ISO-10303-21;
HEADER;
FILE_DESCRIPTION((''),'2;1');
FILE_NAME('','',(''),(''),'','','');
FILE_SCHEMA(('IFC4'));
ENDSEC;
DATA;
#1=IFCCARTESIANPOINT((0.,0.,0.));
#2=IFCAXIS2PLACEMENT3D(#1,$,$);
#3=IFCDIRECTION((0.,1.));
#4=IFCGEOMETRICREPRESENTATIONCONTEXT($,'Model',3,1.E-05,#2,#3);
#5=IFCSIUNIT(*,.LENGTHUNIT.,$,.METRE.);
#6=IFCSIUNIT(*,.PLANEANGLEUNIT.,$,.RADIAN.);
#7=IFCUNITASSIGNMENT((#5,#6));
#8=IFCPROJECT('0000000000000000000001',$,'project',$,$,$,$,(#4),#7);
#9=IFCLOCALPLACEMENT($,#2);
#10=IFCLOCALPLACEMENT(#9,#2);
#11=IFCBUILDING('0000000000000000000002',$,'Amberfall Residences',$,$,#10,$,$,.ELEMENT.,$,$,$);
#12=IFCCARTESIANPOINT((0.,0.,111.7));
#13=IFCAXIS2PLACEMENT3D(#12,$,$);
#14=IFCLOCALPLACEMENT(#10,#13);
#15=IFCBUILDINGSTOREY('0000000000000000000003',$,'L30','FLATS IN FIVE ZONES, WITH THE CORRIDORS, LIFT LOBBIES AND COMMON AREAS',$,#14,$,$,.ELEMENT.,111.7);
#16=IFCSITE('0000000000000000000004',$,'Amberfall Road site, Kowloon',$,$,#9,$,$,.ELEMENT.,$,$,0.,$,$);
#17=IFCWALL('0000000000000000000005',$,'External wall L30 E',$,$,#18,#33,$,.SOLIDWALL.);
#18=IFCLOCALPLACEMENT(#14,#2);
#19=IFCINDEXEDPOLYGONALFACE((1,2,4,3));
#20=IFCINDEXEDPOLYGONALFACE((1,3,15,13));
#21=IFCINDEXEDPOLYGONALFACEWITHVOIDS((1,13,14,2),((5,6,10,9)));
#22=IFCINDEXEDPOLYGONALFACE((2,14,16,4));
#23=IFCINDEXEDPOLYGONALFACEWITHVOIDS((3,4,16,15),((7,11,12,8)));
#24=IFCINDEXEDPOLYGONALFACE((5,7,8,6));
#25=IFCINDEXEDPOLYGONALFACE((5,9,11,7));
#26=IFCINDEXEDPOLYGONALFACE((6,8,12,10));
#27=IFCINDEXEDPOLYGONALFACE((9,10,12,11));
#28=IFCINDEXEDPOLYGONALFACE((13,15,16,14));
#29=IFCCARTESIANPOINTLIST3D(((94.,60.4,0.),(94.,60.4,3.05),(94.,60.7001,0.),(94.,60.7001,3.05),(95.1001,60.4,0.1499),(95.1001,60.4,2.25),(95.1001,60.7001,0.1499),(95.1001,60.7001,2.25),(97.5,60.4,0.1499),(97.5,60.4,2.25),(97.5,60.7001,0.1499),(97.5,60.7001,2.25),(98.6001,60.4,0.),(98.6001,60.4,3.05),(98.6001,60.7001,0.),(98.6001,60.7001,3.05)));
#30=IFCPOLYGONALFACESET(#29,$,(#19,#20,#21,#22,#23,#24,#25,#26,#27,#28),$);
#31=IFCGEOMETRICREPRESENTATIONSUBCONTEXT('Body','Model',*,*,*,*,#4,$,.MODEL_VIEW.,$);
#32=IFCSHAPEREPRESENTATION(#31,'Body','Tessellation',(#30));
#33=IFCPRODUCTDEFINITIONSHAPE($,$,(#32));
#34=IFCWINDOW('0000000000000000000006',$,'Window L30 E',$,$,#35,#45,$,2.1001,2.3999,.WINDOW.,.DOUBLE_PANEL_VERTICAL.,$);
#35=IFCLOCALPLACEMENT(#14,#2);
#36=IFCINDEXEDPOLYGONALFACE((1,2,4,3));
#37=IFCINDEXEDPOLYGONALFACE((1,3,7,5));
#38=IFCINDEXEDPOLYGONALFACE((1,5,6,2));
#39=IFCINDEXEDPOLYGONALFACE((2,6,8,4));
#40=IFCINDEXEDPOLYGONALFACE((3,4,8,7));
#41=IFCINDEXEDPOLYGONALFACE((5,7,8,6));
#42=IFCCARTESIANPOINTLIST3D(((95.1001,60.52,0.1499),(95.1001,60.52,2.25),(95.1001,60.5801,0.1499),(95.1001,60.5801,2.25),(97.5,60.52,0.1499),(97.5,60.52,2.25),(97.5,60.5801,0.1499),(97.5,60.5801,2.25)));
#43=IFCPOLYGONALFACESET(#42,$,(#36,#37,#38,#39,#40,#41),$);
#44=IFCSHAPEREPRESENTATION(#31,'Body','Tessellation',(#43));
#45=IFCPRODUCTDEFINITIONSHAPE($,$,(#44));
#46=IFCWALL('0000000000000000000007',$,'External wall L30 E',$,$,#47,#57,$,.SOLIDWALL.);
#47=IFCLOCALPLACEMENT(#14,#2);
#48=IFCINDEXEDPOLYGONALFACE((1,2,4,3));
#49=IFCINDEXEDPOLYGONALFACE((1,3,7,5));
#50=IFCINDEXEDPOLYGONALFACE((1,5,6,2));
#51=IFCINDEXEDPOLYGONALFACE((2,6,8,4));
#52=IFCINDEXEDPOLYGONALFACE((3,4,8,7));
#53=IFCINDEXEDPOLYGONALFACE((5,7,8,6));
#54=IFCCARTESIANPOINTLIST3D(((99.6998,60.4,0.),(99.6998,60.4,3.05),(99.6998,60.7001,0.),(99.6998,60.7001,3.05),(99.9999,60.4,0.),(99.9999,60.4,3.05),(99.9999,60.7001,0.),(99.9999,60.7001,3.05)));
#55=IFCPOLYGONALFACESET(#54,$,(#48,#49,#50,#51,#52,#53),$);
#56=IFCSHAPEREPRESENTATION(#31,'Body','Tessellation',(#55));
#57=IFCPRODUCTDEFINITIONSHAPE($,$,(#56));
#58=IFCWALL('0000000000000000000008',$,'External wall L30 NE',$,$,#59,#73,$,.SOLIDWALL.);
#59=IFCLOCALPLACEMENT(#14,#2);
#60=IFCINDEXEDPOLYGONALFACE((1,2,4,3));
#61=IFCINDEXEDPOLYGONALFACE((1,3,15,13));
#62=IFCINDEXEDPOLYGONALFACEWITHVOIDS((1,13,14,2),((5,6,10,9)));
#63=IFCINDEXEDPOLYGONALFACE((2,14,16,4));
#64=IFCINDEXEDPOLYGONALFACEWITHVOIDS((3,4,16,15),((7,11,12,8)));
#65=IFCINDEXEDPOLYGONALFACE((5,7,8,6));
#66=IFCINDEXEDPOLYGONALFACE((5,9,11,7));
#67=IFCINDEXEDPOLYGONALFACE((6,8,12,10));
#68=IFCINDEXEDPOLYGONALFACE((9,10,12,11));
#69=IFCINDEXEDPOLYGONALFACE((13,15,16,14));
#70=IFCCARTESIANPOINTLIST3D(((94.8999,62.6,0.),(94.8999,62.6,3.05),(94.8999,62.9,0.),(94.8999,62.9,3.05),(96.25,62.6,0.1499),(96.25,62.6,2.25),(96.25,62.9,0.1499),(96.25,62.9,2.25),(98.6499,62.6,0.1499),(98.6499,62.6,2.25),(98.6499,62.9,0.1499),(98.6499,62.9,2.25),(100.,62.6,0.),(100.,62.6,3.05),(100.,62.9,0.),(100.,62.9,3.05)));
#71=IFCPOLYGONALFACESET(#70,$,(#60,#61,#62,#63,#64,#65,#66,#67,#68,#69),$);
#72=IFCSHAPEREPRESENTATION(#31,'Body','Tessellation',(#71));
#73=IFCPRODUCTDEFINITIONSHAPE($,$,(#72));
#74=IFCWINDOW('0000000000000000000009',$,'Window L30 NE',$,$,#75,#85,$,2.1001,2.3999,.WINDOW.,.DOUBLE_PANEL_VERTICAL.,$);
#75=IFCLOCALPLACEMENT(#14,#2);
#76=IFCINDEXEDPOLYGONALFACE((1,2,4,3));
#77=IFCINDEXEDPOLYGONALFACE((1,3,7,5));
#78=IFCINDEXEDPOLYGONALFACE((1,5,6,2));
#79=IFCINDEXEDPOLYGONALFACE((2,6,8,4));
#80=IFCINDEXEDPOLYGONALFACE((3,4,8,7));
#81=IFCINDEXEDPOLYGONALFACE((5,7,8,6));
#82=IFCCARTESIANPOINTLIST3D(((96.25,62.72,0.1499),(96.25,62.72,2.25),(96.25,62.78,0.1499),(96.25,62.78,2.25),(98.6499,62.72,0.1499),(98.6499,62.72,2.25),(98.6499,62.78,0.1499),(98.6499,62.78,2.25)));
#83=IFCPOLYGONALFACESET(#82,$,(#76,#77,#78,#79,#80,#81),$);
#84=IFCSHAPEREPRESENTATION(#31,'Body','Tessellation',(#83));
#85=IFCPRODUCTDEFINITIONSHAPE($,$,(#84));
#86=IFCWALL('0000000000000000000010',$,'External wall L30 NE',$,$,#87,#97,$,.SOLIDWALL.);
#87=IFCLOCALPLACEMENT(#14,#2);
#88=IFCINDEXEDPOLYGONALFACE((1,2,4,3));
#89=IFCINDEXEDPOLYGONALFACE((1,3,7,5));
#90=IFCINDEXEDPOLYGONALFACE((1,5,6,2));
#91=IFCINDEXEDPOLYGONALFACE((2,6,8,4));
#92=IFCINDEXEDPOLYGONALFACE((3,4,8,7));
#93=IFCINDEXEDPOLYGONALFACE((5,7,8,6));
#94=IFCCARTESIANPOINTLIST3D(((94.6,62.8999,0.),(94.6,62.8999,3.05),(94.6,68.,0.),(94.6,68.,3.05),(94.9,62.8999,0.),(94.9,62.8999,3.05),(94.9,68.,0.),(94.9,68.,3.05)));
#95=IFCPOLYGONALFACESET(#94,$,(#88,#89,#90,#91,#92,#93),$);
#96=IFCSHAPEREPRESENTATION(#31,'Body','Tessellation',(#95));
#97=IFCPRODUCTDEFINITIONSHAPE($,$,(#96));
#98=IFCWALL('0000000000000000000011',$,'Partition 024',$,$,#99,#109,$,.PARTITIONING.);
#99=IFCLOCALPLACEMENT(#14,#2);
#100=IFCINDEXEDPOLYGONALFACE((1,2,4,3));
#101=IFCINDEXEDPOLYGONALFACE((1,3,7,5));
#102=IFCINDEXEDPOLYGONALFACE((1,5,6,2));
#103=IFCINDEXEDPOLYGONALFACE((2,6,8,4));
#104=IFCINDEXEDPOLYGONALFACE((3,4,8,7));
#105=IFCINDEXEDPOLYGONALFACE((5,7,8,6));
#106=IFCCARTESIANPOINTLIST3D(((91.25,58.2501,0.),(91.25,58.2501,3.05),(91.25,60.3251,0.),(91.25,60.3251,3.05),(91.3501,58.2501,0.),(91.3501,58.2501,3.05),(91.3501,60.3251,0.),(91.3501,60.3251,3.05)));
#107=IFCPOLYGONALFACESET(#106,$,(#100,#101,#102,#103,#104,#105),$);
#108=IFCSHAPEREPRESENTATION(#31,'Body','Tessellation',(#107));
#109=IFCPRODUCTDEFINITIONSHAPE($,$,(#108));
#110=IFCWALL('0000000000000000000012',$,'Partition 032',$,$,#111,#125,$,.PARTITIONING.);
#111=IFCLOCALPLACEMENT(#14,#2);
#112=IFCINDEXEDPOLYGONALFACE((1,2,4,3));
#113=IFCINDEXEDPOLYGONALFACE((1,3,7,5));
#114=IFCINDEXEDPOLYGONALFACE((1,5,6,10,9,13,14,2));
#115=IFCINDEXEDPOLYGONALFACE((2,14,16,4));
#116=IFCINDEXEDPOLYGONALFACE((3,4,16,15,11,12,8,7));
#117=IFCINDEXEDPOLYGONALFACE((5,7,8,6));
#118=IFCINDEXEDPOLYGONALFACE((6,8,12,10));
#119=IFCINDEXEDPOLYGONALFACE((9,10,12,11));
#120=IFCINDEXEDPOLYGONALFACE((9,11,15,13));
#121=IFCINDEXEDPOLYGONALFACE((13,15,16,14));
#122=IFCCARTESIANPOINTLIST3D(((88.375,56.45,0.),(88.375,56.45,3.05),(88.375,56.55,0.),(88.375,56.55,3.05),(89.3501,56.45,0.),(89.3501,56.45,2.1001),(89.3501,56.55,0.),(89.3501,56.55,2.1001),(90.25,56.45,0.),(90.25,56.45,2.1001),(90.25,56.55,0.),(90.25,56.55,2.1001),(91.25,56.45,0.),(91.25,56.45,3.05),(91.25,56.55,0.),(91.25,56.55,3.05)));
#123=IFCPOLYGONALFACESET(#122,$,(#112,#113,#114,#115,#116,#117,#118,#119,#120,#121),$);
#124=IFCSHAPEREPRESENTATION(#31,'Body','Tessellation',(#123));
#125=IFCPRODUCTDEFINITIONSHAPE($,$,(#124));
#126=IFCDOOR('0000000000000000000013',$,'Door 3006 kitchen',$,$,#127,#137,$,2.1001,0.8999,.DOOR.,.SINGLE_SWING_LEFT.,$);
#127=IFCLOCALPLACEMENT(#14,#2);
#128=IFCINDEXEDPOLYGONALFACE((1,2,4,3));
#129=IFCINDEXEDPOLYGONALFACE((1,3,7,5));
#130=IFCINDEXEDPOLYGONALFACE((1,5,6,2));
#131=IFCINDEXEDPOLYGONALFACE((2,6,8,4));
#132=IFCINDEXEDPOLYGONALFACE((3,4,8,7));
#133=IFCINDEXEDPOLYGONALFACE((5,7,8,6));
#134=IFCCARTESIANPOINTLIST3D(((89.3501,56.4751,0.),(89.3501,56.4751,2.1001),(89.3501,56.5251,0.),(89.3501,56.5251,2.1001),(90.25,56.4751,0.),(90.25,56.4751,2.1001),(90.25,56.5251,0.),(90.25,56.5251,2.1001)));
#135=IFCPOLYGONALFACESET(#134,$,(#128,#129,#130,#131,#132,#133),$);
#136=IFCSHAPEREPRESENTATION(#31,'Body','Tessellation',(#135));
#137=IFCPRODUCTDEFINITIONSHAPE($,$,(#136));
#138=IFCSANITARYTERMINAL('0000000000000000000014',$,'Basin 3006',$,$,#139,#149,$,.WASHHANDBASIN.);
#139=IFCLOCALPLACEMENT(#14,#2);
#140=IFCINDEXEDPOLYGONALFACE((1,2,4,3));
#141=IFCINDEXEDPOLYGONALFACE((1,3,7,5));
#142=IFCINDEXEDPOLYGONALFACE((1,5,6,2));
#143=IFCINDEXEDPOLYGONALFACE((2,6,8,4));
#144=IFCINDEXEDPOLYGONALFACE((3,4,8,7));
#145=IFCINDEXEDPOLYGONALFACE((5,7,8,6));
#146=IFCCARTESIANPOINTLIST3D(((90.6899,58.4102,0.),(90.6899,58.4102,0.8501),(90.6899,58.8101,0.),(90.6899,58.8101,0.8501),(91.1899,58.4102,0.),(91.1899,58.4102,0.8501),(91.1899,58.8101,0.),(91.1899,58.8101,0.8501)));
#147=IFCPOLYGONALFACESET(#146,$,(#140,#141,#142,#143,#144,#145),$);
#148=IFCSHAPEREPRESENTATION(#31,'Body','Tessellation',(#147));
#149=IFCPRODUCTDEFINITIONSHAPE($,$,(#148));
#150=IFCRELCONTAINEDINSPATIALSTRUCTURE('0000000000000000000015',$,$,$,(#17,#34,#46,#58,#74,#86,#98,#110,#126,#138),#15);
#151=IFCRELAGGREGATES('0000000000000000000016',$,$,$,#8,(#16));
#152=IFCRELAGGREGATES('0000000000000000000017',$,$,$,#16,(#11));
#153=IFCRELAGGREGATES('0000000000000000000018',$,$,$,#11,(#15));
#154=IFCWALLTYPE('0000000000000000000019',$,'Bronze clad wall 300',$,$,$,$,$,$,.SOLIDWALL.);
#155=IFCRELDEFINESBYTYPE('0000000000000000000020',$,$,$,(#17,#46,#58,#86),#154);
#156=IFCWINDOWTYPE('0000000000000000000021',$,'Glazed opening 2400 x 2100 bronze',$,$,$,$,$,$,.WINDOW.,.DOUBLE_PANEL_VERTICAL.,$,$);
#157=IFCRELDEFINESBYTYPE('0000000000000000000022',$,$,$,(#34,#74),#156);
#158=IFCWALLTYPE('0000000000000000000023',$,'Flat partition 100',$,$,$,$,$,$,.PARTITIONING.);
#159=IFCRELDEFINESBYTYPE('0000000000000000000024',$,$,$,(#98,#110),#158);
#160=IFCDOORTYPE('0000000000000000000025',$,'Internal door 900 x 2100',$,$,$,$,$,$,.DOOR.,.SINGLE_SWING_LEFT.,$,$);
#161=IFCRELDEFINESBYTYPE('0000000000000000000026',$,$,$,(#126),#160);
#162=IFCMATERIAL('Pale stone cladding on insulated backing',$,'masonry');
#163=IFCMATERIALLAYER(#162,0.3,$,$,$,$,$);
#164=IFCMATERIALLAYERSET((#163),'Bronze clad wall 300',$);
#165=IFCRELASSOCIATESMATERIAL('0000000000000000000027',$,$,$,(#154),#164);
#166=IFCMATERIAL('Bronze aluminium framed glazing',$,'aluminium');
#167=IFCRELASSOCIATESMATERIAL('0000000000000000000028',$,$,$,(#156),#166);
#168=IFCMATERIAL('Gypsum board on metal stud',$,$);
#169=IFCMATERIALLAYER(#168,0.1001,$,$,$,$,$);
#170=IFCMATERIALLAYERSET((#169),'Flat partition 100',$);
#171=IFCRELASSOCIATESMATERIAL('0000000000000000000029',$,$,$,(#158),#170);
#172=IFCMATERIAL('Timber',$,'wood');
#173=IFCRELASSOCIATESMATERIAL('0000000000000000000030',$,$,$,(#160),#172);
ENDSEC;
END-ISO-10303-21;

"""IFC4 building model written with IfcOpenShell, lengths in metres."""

from ifc_helpers import new_model, si_unit, direction, frame, frame_2d, origin, origin_2d, place, context, subcontext, project, spatial, rectangle, extrude, material, layer, layer_set, type_object, element, fill, save


model = new_model("IFC4")

# Units and contexts
model_context = context("Model", 3, precision=1e-05, world=origin(), true_north=direction((0.0, 1.0)))
body_context = subcontext(model_context, "Body", "Model", "MODEL_VIEW")
ifc_project = project(units=[si_unit("LENGTHUNIT", "METRE"), si_unit("PLANEANGLEUNIT", "RADIAN")], contexts=[model_context])

# Site, building, storey
site_placement = place(None, origin())
site = spatial("IfcSite", under=ifc_project, at=site_placement, Name="Amberfall Road site, Kowloon", CompositionType="ELEMENT", RefElevation=0.0)
building_placement = place(site_placement, origin())
building = spatial("IfcBuilding", under=site, at=building_placement, Name="Amberfall Residences", CompositionType="ELEMENT")
storey_placement = place(building_placement, frame((0.0, 0.0, 111.7)))
storey = spatial("IfcBuildingStorey", under=building, at=storey_placement, Name="L30", Description="FLATS IN FIVE ZONES, WITH THE CORRIDORS, LIFT LOBBIES AND COMMON AREAS", CompositionType="ELEMENT", Elevation=111.7)

# Wall, opening, window
ifc_material_1 = material(Name="Pale stone cladding on insulated backing", Category="masonry")
ifc_layer_1 = layer(ifc_material_1, 0.3)
ifc_layer_set_1 = layer_set([ifc_layer_1], Name="Bronze clad wall 300")
wall_type_1 = type_object("IfcWallType", Name="Bronze clad wall 300", PredefinedType="SOLIDWALL", material=ifc_layer_set_1)
wall_1_placement = place(storey_placement, frame((94.0, 60.55, 0.0), z_axis=(0.0, 0.0, 1.0), x_axis=(1.0, 0.0, 0.0)))
wall_1 = element("IfcWall", 1, at=wall_1_placement, inside=storey, type_object=wall_type_1, Name="External wall L30 E", PredefinedType="SOLIDWALL", context=body_context, shape_type="SweptSolid", body=[
    extrude(rectangle(XDim=4.6001, YDim=0.3, at=frame_2d((2.3, 0.0))), origin(), (0.0, 0.0, 1.0), 3.05),
])
opening_1_placement = place(wall_1_placement, frame((1.1001, 0.0, 0.1499)))
opening_1 = element("IfcOpeningElement", 2, at=opening_1_placement, cuts=wall_1, PredefinedType="OPENING", context=body_context, shape_type="SweptSolid", body=[
    extrude(rectangle(XDim=2.3999, YDim=2.1001, at=frame_2d((1.2, 1.05))), frame((0.0, 0.1599, 0.0), z_axis=(0.0, -1.0, 0.0), x_axis=(1.0, 0.0, 0.0)), (0.0, 0.0, 1.0), 0.3201),
])
ifc_material_2 = material(Name="Bronze aluminium framed glazing", Category="aluminium")
window_type = type_object("IfcWindowType", Name="Glazed opening 2400 x 2100 bronze", PartitioningType="DOUBLE_PANEL_VERTICAL", PredefinedType="WINDOW", material=ifc_material_2)
window_1_placement = place(opening_1_placement, origin())
window_1 = element("IfcWindow", 3, at=window_1_placement, inside=storey, type_object=window_type, Name="Window L30 E", OverallHeight=2.1001, OverallWidth=2.3999, PartitioningType="DOUBLE_PANEL_VERTICAL", PredefinedType="WINDOW", context=body_context, shape_type="SweptSolid", body=[
    extrude(rectangle(XDim=2.3999, YDim=2.1001, at=frame_2d((1.2, 1.05))), frame((0.0, 0.03, 0.0), z_axis=(0.0, -1.0, 0.0), x_axis=(1.0, 0.0, 0.0)), (0.0, 0.0, 1.0), 0.0601),
])
fill(opening_1, window_1)

# Wall
wall_2_placement = place(storey_placement, frame((99.7, 60.55, 0.0), z_axis=(0.0, 0.0, 1.0), x_axis=(1.0, 0.0, 0.0)))
element("IfcWall", 4, at=wall_2_placement, inside=storey, type_object=wall_type_1, Name="External wall L30 E", PredefinedType="SOLIDWALL", context=body_context, shape_type="SweptSolid", body=[
    extrude(rectangle(XDim=0.3, YDim=0.3, at=frame_2d((0.1499, 0.0))), origin(), (0.0, 0.0, 1.0), 3.05),
])

# Wall, opening, window
wall_3_placement = place(storey_placement, frame((100.0, 62.75, 0.0), z_axis=(0.0, 0.0, 1.0), x_axis=(-1.0, 0.0, 0.0)))
wall_3 = element("IfcWall", 5, at=wall_3_placement, inside=storey, type_object=wall_type_1, Name="External wall L30 NE", PredefinedType="SOLIDWALL", context=body_context, shape_type="SweptSolid", body=[
    extrude(rectangle(XDim=5.1001, YDim=0.3, at=frame_2d((2.55, 0.0))), origin(), (0.0, 0.0, 1.0), 3.05),
])
opening_2_placement = place(wall_3_placement, frame((1.3501, 0.0, 0.1499)))
opening_2 = element("IfcOpeningElement", 6, at=opening_2_placement, cuts=wall_3, PredefinedType="OPENING", context=body_context, shape_type="SweptSolid", body=[
    extrude(rectangle(XDim=2.3999, YDim=2.1001, at=frame_2d((1.2, 1.05))), frame((0.0, 0.1599, 0.0), z_axis=(0.0, -1.0, 0.0), x_axis=(1.0, 0.0, 0.0)), (0.0, 0.0, 1.0), 0.3201),
])
window_2_placement = place(opening_2_placement, origin())
window_2 = element("IfcWindow", 7, at=window_2_placement, inside=storey, type_object=window_type, Name="Window L30 NE", OverallHeight=2.1001, OverallWidth=2.3999, PartitioningType="DOUBLE_PANEL_VERTICAL", PredefinedType="WINDOW", context=body_context, shape_type="SweptSolid", body=[
    extrude(rectangle(XDim=2.3999, YDim=2.1001, at=frame_2d((1.2, 1.05))), frame((0.0, 0.03, 0.0), z_axis=(0.0, -1.0, 0.0), x_axis=(1.0, 0.0, 0.0)), (0.0, 0.0, 1.0), 0.0601),
])
fill(opening_2, window_2)

# Walls
wall_4_placement = place(storey_placement, frame((94.75, 62.8999, 0.0), z_axis=(0.0, 0.0, 1.0), x_axis=(0.0, 1.0, 0.0)))
element("IfcWall", 8, at=wall_4_placement, inside=storey, type_object=wall_type_1, Name="External wall L30 NE", PredefinedType="SOLIDWALL", context=body_context, shape_type="SweptSolid", body=[
    extrude(rectangle(XDim=5.1001, YDim=0.3, at=frame_2d((2.55, 0.0))), origin(), (0.0, 0.0, 1.0), 3.05),
])
ifc_material_3 = material(Name="Gypsum board on metal stud")
ifc_layer_2 = layer(ifc_material_3, 0.1001)
ifc_layer_set_2 = layer_set([ifc_layer_2], Name="Flat partition 100")
wall_type_2 = type_object("IfcWallType", Name="Flat partition 100", PredefinedType="PARTITIONING", material=ifc_layer_set_2)
wall_5_placement = place(storey_placement, frame((91.3, 58.25, 0.0), z_axis=(0.0, 0.0, 1.0), x_axis=(0.0, 1.0, 0.0)))
element("IfcWall", 9, at=wall_5_placement, inside=storey, type_object=wall_type_2, Name="Partition 024", PredefinedType="PARTITIONING", context=body_context, shape_type="SweptSolid", body=[
    extrude(rectangle(XDim=2.075, YDim=0.1001, at=frame_2d((1.0376, 0.0))), origin(), (0.0, 0.0, 1.0), 3.05),
])

# Wall, opening, door
wall_6_placement = place(storey_placement, frame((91.25, 56.5, 0.0), z_axis=(0.0, 0.0, 1.0), x_axis=(-1.0, 0.0, 0.0)))
wall_6 = element("IfcWall", 10, at=wall_6_placement, inside=storey, type_object=wall_type_2, Name="Partition 032", PredefinedType="PARTITIONING", context=body_context, shape_type="SweptSolid", body=[
    extrude(rectangle(XDim=2.875, YDim=0.1001, at=frame_2d((1.4375, 0.0))), origin(), (0.0, 0.0, 1.0), 3.05),
])
opening_3_placement = place(wall_6_placement, frame((1.0, 0.0, 0.0)))
opening_3 = element("IfcOpeningElement", 11, at=opening_3_placement, cuts=wall_6, PredefinedType="OPENING", context=body_context, shape_type="SweptSolid", body=[
    extrude(rectangle(XDim=0.8999, YDim=2.1001, at=frame_2d((0.45, 1.05))), frame((0.0, 0.0601, 0.0), z_axis=(0.0, -1.0, 0.0), x_axis=(1.0, 0.0, 0.0)), (0.0, 0.0, 1.0), 0.1201),
])
ifc_material_4 = material(Name="Timber", Category="wood")
door_type = type_object("IfcDoorType", Name="Internal door 900 x 2100", OperationType="SINGLE_SWING_LEFT", PredefinedType="DOOR", material=ifc_material_4)
door_placement = place(opening_3_placement, origin())
door = element("IfcDoor", 12, at=door_placement, inside=storey, type_object=door_type, Name="Door 3006 kitchen", OperationType="SINGLE_SWING_LEFT", OverallHeight=2.1001, OverallWidth=0.8999, PredefinedType="DOOR", context=body_context, shape_type="SweptSolid", body=[
    extrude(rectangle(XDim=0.8999, YDim=2.1001, at=frame_2d((0.45, 1.05))), frame((0.0, 0.0249, 0.0), z_axis=(0.0, -1.0, 0.0), x_axis=(1.0, 0.0, 0.0)), (0.0, 0.0, 1.0), 0.05),
])
fill(opening_3, door)

# Sanitary terminal
sanitary_terminal_placement = place(storey_placement, frame((90.9399, 58.6101, 0.0), z_axis=(0.0, 0.0, 1.0), x_axis=(1.0, 0.0, 0.0)))
element("IfcSanitaryTerminal", 13, at=sanitary_terminal_placement, inside=storey, Name="Basin 3006", PredefinedType="WASHHANDBASIN", context=body_context, shape_type="SweptSolid", body=[
    extrude(rectangle(XDim=0.5, YDim=0.3999, at=origin_2d()), origin(), (0.0, 0.0, 1.0), 0.8501),
])

save(model, "model.ifc")
